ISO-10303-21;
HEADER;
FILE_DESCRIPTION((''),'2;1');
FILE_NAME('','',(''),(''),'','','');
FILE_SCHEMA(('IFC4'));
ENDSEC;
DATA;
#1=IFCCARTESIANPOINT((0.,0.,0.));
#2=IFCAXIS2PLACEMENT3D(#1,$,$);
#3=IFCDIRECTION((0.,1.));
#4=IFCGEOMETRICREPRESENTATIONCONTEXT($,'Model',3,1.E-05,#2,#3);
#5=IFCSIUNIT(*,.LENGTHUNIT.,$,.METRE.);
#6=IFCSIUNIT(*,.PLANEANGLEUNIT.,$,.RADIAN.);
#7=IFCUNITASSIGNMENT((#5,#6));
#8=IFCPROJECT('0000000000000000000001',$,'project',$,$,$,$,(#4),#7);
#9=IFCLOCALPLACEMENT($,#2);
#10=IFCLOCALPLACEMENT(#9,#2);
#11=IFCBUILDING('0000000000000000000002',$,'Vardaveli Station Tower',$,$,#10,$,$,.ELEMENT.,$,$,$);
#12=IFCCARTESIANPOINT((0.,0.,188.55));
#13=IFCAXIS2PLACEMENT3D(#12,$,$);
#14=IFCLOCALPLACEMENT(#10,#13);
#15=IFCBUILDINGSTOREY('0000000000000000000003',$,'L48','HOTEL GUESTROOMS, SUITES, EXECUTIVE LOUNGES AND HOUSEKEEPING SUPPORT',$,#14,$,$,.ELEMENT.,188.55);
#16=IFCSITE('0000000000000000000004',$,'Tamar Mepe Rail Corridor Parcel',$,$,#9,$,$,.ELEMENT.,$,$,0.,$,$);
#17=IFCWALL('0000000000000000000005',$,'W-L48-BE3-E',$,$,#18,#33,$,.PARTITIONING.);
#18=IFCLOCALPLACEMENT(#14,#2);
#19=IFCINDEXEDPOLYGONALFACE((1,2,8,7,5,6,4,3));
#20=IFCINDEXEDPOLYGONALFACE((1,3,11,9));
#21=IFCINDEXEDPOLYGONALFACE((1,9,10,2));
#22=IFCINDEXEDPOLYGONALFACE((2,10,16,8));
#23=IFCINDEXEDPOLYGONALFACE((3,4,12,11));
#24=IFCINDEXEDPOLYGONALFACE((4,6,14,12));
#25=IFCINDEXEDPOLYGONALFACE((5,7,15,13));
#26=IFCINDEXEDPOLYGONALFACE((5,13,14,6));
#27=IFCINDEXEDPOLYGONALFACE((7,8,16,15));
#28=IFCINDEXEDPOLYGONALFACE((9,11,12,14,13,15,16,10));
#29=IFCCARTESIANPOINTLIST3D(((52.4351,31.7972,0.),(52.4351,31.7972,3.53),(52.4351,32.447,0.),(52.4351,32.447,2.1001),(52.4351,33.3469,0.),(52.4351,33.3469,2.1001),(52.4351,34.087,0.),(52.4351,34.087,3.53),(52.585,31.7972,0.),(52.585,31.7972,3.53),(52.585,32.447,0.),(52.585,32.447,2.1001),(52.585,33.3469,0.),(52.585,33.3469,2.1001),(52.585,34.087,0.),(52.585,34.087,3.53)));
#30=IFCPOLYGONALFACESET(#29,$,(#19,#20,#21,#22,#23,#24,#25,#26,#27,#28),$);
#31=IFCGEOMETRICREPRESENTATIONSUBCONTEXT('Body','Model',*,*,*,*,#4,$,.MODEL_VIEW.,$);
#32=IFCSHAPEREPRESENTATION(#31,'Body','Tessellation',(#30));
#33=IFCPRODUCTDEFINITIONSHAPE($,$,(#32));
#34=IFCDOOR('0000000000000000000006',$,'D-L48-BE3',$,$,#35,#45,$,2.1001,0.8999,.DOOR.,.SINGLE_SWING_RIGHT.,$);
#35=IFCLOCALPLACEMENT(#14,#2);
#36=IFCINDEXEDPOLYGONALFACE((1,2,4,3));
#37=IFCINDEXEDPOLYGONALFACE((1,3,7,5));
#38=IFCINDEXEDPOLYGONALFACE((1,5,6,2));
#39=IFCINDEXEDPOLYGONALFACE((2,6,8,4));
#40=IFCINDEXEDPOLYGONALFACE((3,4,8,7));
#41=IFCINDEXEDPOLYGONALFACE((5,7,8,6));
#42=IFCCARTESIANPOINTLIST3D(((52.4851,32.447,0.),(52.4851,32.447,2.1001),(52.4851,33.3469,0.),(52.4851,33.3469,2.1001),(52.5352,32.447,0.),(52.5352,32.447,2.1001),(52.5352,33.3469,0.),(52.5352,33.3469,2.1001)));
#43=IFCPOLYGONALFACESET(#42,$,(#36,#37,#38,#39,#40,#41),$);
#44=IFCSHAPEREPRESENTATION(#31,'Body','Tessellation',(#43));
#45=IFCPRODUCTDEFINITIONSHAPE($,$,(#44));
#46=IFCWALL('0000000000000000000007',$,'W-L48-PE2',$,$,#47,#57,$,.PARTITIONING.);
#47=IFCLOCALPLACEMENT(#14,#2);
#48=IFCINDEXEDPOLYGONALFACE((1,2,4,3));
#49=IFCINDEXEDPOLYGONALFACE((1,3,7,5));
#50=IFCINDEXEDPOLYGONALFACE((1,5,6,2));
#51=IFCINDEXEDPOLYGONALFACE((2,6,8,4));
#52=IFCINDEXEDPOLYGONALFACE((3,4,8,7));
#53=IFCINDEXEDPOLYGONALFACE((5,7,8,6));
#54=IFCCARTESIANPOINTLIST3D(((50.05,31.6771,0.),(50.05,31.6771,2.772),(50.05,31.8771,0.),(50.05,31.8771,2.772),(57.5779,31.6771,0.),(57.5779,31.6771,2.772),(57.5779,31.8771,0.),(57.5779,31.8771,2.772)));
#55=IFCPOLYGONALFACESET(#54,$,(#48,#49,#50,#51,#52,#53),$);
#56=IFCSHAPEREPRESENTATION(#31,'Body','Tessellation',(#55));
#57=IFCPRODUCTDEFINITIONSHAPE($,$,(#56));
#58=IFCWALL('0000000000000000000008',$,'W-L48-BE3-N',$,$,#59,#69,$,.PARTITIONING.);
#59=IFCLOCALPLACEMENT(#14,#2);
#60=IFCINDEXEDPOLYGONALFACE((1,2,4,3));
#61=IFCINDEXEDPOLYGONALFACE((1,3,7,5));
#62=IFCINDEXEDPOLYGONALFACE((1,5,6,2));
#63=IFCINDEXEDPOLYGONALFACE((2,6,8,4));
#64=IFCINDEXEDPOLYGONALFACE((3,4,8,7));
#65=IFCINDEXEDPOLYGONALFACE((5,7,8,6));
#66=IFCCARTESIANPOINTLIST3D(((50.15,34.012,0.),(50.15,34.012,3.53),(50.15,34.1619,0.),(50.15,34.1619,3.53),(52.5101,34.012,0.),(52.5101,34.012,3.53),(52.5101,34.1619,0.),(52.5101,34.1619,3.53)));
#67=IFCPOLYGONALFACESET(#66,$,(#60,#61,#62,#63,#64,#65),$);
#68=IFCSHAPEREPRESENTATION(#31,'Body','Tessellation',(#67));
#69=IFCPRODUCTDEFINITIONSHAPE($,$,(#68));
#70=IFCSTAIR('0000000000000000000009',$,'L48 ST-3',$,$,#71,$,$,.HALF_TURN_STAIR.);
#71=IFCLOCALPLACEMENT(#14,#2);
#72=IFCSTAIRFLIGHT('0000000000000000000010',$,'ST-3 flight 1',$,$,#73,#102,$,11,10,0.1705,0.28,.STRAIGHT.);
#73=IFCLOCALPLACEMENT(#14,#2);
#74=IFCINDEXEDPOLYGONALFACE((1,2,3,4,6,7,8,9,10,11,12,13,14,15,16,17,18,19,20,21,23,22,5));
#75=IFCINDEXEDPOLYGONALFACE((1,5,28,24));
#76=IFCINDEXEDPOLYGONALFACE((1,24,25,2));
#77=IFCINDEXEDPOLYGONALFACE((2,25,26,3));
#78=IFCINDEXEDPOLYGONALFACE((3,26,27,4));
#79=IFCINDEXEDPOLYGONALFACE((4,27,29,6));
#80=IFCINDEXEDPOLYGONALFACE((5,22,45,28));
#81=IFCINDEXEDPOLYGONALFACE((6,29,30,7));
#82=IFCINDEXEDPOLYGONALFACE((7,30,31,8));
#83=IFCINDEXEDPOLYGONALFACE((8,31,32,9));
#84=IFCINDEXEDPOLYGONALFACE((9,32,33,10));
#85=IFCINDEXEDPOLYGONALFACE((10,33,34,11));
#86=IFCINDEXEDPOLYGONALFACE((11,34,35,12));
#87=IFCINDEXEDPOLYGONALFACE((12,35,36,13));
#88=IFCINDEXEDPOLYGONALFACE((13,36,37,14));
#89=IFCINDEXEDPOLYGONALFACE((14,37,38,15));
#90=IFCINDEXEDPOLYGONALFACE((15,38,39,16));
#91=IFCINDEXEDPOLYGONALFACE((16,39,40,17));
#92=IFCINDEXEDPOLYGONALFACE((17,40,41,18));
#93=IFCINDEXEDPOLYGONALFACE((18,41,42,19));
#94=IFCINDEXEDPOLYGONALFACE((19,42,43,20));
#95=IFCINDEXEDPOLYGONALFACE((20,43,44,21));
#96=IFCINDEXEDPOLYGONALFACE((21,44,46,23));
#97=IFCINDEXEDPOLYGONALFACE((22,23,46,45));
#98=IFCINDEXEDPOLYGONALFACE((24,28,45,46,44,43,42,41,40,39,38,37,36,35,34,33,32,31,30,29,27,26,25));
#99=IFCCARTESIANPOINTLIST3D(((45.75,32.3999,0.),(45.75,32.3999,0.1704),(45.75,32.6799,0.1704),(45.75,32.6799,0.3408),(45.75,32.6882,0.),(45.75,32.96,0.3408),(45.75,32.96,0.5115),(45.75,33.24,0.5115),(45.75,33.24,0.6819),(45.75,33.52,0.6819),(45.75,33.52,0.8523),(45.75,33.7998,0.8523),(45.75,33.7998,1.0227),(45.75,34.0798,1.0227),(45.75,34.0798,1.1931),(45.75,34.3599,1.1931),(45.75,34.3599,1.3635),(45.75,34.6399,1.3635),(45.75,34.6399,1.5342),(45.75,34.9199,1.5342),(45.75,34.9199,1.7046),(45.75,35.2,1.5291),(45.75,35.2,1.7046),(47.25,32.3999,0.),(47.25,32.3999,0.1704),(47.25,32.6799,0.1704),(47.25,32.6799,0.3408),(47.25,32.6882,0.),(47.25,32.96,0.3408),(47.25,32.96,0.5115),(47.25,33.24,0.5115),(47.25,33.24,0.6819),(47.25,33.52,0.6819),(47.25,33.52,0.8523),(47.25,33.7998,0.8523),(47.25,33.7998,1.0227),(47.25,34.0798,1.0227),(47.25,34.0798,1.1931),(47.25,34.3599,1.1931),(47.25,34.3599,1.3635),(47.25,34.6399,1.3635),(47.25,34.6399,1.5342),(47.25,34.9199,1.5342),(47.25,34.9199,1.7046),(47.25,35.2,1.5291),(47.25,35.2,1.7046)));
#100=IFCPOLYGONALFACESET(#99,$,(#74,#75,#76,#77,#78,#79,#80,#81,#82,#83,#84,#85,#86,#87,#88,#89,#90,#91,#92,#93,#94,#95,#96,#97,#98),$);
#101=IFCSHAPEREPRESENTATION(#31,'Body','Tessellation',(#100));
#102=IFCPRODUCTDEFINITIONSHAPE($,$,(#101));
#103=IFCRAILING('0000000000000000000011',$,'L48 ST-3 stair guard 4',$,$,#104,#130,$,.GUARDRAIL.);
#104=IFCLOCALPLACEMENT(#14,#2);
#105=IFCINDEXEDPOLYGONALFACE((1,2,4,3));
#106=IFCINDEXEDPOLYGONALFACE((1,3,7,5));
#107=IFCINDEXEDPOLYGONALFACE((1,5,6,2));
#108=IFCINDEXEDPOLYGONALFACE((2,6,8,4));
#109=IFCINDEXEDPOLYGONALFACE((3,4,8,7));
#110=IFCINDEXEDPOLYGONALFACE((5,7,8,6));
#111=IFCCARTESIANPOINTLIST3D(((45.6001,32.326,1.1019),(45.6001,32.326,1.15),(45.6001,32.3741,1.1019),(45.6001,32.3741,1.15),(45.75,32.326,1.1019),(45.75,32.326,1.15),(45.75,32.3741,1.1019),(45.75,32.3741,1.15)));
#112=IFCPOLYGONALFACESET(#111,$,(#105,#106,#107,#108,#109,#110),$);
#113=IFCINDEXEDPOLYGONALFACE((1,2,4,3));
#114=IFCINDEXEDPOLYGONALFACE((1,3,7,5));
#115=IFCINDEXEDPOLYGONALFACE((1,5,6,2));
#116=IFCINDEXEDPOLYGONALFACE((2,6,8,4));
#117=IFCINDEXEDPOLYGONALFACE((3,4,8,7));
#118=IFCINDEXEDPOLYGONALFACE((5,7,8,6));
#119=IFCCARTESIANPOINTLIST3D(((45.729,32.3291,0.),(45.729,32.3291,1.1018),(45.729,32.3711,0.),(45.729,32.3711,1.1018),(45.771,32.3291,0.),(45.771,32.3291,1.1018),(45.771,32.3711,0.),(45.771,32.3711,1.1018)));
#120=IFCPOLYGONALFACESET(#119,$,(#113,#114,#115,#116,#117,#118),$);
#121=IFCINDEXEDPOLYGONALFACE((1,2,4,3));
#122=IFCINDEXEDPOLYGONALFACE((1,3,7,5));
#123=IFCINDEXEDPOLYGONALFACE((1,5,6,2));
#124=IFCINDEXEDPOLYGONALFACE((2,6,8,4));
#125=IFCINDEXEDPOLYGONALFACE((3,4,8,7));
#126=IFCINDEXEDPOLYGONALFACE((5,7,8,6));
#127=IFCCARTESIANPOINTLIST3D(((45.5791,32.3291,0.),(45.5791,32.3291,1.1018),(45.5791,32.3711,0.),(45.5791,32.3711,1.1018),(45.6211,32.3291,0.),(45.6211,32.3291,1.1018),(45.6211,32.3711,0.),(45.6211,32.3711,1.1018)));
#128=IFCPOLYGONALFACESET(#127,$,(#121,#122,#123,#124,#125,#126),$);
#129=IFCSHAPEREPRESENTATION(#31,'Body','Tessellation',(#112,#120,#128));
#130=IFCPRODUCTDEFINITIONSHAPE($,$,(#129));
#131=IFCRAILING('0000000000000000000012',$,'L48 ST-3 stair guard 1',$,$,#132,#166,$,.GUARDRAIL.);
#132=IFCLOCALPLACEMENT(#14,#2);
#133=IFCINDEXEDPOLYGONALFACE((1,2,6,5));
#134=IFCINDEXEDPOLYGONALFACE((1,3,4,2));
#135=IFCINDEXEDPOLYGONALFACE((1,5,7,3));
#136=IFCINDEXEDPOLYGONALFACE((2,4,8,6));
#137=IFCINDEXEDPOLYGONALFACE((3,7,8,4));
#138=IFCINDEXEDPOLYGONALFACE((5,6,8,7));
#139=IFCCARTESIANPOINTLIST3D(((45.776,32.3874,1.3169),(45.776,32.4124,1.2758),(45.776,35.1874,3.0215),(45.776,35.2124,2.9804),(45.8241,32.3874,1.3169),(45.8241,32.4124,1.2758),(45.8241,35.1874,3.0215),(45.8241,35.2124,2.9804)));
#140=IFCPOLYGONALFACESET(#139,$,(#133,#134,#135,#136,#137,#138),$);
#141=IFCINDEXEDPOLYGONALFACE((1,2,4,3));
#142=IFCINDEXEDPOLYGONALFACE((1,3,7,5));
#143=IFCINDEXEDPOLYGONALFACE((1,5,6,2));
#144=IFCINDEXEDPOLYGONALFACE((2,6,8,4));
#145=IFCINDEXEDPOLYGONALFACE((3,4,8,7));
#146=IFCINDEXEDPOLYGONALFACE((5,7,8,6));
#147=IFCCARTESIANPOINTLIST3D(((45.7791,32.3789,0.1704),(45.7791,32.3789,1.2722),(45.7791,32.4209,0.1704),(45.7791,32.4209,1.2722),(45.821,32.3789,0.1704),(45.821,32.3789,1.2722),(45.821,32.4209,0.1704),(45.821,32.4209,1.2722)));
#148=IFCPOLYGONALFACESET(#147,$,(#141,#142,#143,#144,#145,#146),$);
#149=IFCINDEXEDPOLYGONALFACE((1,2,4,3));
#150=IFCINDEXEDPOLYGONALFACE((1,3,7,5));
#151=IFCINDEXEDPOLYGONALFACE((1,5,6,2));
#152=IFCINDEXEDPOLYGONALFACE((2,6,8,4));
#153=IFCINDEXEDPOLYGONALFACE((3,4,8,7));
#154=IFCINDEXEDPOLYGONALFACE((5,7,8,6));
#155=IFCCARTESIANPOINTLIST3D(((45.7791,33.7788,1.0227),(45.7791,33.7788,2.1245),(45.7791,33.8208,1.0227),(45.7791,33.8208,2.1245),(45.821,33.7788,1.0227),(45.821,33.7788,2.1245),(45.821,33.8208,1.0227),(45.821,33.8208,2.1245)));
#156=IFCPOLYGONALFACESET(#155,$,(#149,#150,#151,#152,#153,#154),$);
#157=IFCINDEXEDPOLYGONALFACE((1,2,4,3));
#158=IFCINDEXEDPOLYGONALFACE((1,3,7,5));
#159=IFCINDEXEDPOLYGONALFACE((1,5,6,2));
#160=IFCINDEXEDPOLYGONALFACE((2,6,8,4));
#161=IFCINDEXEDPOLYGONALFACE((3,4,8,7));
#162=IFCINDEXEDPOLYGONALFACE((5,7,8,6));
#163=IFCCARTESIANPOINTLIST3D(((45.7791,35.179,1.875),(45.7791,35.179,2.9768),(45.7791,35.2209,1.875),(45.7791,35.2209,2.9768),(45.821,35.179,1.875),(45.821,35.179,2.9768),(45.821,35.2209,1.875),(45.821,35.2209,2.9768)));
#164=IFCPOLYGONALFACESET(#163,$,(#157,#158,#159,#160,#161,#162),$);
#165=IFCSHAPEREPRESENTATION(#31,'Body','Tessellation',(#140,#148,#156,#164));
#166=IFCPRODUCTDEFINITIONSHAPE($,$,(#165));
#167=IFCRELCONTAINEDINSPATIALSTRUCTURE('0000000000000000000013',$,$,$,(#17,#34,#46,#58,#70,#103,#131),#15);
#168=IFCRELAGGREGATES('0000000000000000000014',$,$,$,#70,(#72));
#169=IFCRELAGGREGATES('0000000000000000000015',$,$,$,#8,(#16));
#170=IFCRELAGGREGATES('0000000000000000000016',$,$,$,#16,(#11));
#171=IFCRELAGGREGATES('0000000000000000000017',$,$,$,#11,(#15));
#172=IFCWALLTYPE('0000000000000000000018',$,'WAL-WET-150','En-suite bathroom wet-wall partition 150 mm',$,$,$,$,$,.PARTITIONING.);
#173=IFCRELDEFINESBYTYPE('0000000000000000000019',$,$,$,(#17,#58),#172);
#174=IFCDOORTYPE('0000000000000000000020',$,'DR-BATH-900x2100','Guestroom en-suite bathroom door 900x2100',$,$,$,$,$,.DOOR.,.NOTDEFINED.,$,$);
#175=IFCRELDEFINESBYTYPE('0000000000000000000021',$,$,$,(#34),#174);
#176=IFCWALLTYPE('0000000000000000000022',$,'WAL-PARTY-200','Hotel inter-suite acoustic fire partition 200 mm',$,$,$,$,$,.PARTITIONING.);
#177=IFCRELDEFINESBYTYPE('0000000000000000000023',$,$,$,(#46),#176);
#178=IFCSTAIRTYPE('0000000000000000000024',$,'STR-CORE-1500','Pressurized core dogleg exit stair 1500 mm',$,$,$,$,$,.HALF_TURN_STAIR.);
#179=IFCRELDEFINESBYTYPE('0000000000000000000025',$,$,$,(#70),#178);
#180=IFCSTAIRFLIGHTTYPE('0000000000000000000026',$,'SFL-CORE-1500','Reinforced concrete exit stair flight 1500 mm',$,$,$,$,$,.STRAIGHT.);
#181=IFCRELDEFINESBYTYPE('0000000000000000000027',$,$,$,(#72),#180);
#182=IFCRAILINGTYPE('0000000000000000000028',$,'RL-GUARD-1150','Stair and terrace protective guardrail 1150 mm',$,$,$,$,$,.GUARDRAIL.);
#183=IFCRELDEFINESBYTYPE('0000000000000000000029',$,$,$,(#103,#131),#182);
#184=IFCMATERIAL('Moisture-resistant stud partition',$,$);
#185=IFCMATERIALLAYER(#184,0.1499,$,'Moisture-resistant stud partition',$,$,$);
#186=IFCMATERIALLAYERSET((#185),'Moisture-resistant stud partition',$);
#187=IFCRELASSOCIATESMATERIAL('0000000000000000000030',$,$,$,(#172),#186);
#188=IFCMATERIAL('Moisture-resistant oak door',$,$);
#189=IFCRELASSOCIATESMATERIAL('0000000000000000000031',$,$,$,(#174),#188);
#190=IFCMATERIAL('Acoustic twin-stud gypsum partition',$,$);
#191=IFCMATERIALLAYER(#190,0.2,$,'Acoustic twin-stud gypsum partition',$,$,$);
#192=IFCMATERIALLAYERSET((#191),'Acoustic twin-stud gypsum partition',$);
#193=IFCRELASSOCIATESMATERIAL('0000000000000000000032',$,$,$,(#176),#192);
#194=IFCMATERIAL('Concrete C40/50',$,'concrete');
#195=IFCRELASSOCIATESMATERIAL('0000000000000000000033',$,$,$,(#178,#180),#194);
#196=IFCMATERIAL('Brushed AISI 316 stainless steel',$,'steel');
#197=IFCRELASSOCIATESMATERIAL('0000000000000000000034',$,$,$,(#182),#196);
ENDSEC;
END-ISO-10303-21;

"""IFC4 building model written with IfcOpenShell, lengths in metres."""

from ifc_helpers import new_model, si_unit, direction, frame, frame_2d, origin, origin_2d, place, context, subcontext, project, spatial, polyline, rectangle, outline, extrude, source, transform, mapped, material, layer, layer_set, type_object, element, fill, aggregate, save


model = new_model("IFC4")

# Units and contexts
model_context = context("Model", 3, precision=1e-05, world=origin(), true_north=direction((0.0, 1.0)))
body_context = subcontext(model_context, "Body", "Model", "MODEL_VIEW")
ifc_project = project(units=[si_unit("LENGTHUNIT", "METRE"), si_unit("PLANEANGLEUNIT", "RADIAN")], contexts=[model_context])

# Site, building, storey
site_placement = place(None, origin())
site = spatial("IfcSite", under=ifc_project, at=site_placement, Name="Tamar Mepe Rail Corridor Parcel", CompositionType="ELEMENT", RefElevation=0.0)
building_placement = place(site_placement, origin())
building = spatial("IfcBuilding", under=site, at=building_placement, Name="Vardaveli Station Tower", CompositionType="ELEMENT")
storey_placement = place(building_placement, frame((0.0, 0.0, 188.55)))
storey = spatial("IfcBuildingStorey", under=building, at=storey_placement, Name="L48", Description="HOTEL GUESTROOMS, SUITES, EXECUTIVE LOUNGES AND HOUSEKEEPING SUPPORT", CompositionType="ELEMENT", Elevation=188.55)

# Shared definitions
ifc_material_1 = material(Name="Concrete C40/50", Category="concrete")

# Wall, opening, door
ifc_material_2 = material(Name="Moisture-resistant stud partition")
ifc_layer_1 = layer(ifc_material_2, 0.1499, Name="Moisture-resistant stud partition")
ifc_layer_set_1 = layer_set([ifc_layer_1], Name="Moisture-resistant stud partition")
wall_type_1 = type_object("IfcWallType", Name="WAL-WET-150", Description="En-suite bathroom wet-wall partition 150 mm", PredefinedType="PARTITIONING", material=ifc_layer_set_1)
shared_shape_1 = source(origin(), body_context, "Body", "SweptSolid", [
    extrude(rectangle(XDim=2.2898, YDim=0.1499, at=frame_2d((1.145, 0.0))), origin(), (0.0, 0.0, 1.0), 3.53),
])
wall_1_placement = place(storey_placement, frame((52.51, 31.7971, 0.0), z_axis=(0.0, 0.0, 1.0), x_axis=(0.0, 1.0, 0.0)))
wall_1 = element("IfcWall", 1, at=wall_1_placement, inside=storey, type_object=wall_type_1, Name="W-L48-BE3-E", PredefinedType="PARTITIONING", context=body_context, shape_type="MappedRepresentation", body=[
    mapped(shared_shape_1, transform((0.0, 0.0, 0.0), scale=1.0)),
])
shared_shape_2 = source(origin(), body_context, "Body", "SweptSolid", [
    extrude(rectangle(XDim=0.8999, YDim=2.1001, at=frame_2d((0.45, 1.05))), frame((0.0, 0.085, 0.0), z_axis=(0.0, -1.0, 0.0), x_axis=(1.0, 0.0, 0.0)), (0.0, 0.0, 1.0), 0.1699),
])
opening_1_placement = place(wall_1_placement, frame((0.6499, 0.0, 0.0)))
opening_1 = element("IfcOpeningElement", 2, at=opening_1_placement, cuts=wall_1, PredefinedType="OPENING", context=body_context, shape_type="MappedRepresentation", body=[
    mapped(shared_shape_2, transform((0.0, 0.0, 0.0), scale=1.0)),
])
ifc_material_3 = material(Name="Moisture-resistant oak door")
door_type_1 = type_object("IfcDoorType", Name="DR-BATH-900x2100", Description="Guestroom en-suite bathroom door 900x2100", OperationType="NOTDEFINED", PredefinedType="DOOR", material=ifc_material_3)
shared_shape_3 = source(origin(), body_context, "Body", "SweptSolid", [
    extrude(rectangle(XDim=0.8999, YDim=2.1001, at=frame_2d((0.45, 1.05))), frame((0.0, 0.0249, 0.0), z_axis=(0.0, -1.0, 0.0), x_axis=(1.0, 0.0, 0.0)), (0.0, 0.0, 1.0), 0.05),
])
door_1_placement = place(opening_1_placement, origin())
door_1 = element("IfcDoor", 3, at=door_1_placement, inside=storey, type_object=door_type_1, Name="D-L48-BE3", OperationType="SINGLE_SWING_RIGHT", OverallHeight=2.1001, OverallWidth=0.8999, PredefinedType="DOOR", context=body_context, shape_type="MappedRepresentation", body=[
    mapped(shared_shape_3, transform((0.0, 0.0, 0.0), scale=1.0)),
])
fill(opening_1, door_1)

# Walls
ifc_material_4 = material(Name="Acoustic twin-stud gypsum partition")
ifc_layer_2 = layer(ifc_material_4, 0.2, Name="Acoustic twin-stud gypsum partition")
ifc_layer_set_2 = layer_set([ifc_layer_2], Name="Acoustic twin-stud gypsum partition")
wall_type_2 = type_object("IfcWallType", Name="WAL-PARTY-200", Description="Hotel inter-suite acoustic fire partition 200 mm", PredefinedType="PARTITIONING", material=ifc_layer_set_2)
shared_shape_4 = source(origin(), body_context, "Body", "SweptSolid", [
    extrude(rectangle(XDim=7.5278, YDim=0.2, at=frame_2d((3.7639, 0.0))), origin(), (0.0, 0.0, 1.0), 2.772),
])
wall_2_placement = place(storey_placement, frame((50.05, 31.7771, 0.0), z_axis=(0.0, 0.0, 1.0), x_axis=(1.0, 0.0, 0.0)))
element("IfcWall", 4, at=wall_2_placement, inside=storey, type_object=wall_type_2, Name="W-L48-PE2", PredefinedType="PARTITIONING", context=body_context, shape_type="MappedRepresentation", body=[
    mapped(shared_shape_4, transform((0.0, 0.0, 0.0), scale=1.0)),
])
shared_shape_5 = source(origin(), body_context, "Body", "SweptSolid", [
    extrude(rectangle(XDim=2.3601, YDim=0.1499, at=frame_2d((1.1802, 0.0))), origin(), (0.0, 0.0, 1.0), 3.53),
])
wall_3_placement = place(storey_placement, frame((50.1499, 34.0869, 0.0), z_axis=(0.0, 0.0, 1.0), x_axis=(1.0, 0.0, 0.0)))
element("IfcWall", 5, at=wall_3_placement, inside=storey, type_object=wall_type_1, Name="W-L48-BE3-N", PredefinedType="PARTITIONING", context=body_context, shape_type="MappedRepresentation", body=[
    mapped(shared_shape_5, transform((0.0, 0.0, 0.0), scale=1.0)),
])

# Stair, stair flight
stair_type = type_object("IfcStairType", Name="STR-CORE-1500", Description="Pressurized core dogleg exit stair 1500 mm", PredefinedType="HALF_TURN_STAIR", material=ifc_material_1)
stair_placement = place(storey_placement, origin())
stair = element("IfcStair", 6, at=stair_placement, inside=storey, type_object=stair_type, Name="L48 ST-3", PredefinedType="HALF_TURN_STAIR")
stair_flight_type = type_object("IfcStairFlightType", Name="SFL-CORE-1500", Description="Reinforced concrete exit stair flight 1500 mm", PredefinedType="STRAIGHT", material=ifc_material_1)
shared_shape_6 = source(origin(), body_context, "Body", "SweptSolid", [
    extrude(outline(polyline([(0.0, 0.0), (0.0, 0.1704), (0.28, 0.1704), (0.28, 0.3408), (0.5601, 0.3408), (0.5601, 0.5115), (0.8401, 0.5115), (0.8401, 0.6819), (1.1201, 0.6819), (1.1201, 0.8523), (1.3999, 0.8523), (1.3999, 1.0227), (1.6799, 1.0227), (1.6799, 1.1931), (1.96, 1.1931), (1.96, 1.3635), (2.24, 1.3635), (2.24, 1.5342), (2.52, 1.5342), (2.52, 1.7046), (2.8, 1.7046), (2.8, 1.875), (2.8, 1.5291), (0.2883, 0.0), (0.0, 0.0)])), frame((0.0, 0.75, 0.0), z_axis=(0.0, -1.0, 0.0), x_axis=(1.0, 0.0, 0.0)), (0.0, 0.0, 1.0), 1.5),
])
stair_flight_placement = place(storey_placement, frame((46.5, 32.3999, 0.0), z_axis=(0.0, 0.0, 1.0), x_axis=(0.0, 1.0, 0.0)))
stair_flight = element("IfcStairFlight", 7, at=stair_flight_placement, type_object=stair_flight_type, Name="ST-3 flight 1", NumberOfRisers=11, NumberOfTreads=10, PredefinedType="STRAIGHT", RiserHeight=0.1705, TreadLength=0.28, context=body_context, shape_type="MappedRepresentation", body=[
    mapped(shared_shape_6, transform((0.0, 0.0, 0.0), scale=1.0)),
])
aggregate(stair, [stair_flight])

# Railings
ifc_material_5 = material(Name="Brushed AISI 316 stainless steel", Category="steel")
railing_type_1 = type_object("IfcRailingType", Name="RL-GUARD-1150", Description="Stair and terrace protective guardrail 1150 mm", PredefinedType="GUARDRAIL", material=ifc_material_5)
shared_shape_7 = source(origin(), body_context, "Body", "SweptSolid", [
    extrude(rectangle(XDim=0.0481, YDim=0.0481, at=origin_2d()), frame((0.0, 0.0, 1.126), z_axis=(-1.0, 0.0, 0.0), x_axis=(0.0, -1.0, 0.0)), (0.0, 0.0, 1.0), 0.1499),
    extrude(rectangle(XDim=0.042, YDim=0.042, at=origin_2d()), origin(), (0.0, 0.0, 1.0), 1.1018),
    extrude(rectangle(XDim=0.042, YDim=0.042, at=origin_2d()), frame((-0.1499, 0.0, 0.0)), (0.0, 0.0, 1.0), 1.1018),
])
railing_1_placement = place(storey_placement, frame((45.75, 32.3501, 0.0)))
element("IfcRailing", 8, at=railing_1_placement, inside=storey, type_object=railing_type_1, Name="L48 ST-3 stair guard 4", PredefinedType="GUARDRAIL", context=body_context, shape_type="MappedRepresentation", body=[
    mapped(shared_shape_7, transform((0.0, 0.0, 0.0), scale=1.0)),
])
shared_shape_8 = source(origin(), body_context, "Body", "SweptSolid", [
    extrude(rectangle(XDim=0.0481, YDim=0.0481, at=origin_2d()), frame((0.0, 0.0, 1.126), z_axis=(0.0, 0.85417, 0.519994), x_axis=(-1.0, 0.0, 0.0)), (0.0, 0.0, 1.0), 3.2781),
    extrude(rectangle(XDim=0.042, YDim=0.042, at=origin_2d()), origin(), (0.0, 0.0, 1.0), 1.1018),
    extrude(rectangle(XDim=0.042, YDim=0.042, at=origin_2d()), frame((0.0, 1.3999, 0.8523)), (0.0, 0.0, 1.0), 1.1018),
    extrude(rectangle(XDim=0.042, YDim=0.042, at=origin_2d()), frame((0.0, 2.8, 1.7046)), (0.0, 0.0, 1.0), 1.1018),
])
railing_2_placement = place(storey_placement, frame((45.8, 32.3999, 0.1704)))
element("IfcRailing", 9, at=railing_2_placement, inside=storey, type_object=railing_type_1, Name="L48 ST-3 stair guard 1", PredefinedType="GUARDRAIL", context=body_context, shape_type="MappedRepresentation", body=[
    mapped(shared_shape_8, transform((0.0, 0.0, 0.0), scale=1.0)),
])

save(model, "model.ifc")
